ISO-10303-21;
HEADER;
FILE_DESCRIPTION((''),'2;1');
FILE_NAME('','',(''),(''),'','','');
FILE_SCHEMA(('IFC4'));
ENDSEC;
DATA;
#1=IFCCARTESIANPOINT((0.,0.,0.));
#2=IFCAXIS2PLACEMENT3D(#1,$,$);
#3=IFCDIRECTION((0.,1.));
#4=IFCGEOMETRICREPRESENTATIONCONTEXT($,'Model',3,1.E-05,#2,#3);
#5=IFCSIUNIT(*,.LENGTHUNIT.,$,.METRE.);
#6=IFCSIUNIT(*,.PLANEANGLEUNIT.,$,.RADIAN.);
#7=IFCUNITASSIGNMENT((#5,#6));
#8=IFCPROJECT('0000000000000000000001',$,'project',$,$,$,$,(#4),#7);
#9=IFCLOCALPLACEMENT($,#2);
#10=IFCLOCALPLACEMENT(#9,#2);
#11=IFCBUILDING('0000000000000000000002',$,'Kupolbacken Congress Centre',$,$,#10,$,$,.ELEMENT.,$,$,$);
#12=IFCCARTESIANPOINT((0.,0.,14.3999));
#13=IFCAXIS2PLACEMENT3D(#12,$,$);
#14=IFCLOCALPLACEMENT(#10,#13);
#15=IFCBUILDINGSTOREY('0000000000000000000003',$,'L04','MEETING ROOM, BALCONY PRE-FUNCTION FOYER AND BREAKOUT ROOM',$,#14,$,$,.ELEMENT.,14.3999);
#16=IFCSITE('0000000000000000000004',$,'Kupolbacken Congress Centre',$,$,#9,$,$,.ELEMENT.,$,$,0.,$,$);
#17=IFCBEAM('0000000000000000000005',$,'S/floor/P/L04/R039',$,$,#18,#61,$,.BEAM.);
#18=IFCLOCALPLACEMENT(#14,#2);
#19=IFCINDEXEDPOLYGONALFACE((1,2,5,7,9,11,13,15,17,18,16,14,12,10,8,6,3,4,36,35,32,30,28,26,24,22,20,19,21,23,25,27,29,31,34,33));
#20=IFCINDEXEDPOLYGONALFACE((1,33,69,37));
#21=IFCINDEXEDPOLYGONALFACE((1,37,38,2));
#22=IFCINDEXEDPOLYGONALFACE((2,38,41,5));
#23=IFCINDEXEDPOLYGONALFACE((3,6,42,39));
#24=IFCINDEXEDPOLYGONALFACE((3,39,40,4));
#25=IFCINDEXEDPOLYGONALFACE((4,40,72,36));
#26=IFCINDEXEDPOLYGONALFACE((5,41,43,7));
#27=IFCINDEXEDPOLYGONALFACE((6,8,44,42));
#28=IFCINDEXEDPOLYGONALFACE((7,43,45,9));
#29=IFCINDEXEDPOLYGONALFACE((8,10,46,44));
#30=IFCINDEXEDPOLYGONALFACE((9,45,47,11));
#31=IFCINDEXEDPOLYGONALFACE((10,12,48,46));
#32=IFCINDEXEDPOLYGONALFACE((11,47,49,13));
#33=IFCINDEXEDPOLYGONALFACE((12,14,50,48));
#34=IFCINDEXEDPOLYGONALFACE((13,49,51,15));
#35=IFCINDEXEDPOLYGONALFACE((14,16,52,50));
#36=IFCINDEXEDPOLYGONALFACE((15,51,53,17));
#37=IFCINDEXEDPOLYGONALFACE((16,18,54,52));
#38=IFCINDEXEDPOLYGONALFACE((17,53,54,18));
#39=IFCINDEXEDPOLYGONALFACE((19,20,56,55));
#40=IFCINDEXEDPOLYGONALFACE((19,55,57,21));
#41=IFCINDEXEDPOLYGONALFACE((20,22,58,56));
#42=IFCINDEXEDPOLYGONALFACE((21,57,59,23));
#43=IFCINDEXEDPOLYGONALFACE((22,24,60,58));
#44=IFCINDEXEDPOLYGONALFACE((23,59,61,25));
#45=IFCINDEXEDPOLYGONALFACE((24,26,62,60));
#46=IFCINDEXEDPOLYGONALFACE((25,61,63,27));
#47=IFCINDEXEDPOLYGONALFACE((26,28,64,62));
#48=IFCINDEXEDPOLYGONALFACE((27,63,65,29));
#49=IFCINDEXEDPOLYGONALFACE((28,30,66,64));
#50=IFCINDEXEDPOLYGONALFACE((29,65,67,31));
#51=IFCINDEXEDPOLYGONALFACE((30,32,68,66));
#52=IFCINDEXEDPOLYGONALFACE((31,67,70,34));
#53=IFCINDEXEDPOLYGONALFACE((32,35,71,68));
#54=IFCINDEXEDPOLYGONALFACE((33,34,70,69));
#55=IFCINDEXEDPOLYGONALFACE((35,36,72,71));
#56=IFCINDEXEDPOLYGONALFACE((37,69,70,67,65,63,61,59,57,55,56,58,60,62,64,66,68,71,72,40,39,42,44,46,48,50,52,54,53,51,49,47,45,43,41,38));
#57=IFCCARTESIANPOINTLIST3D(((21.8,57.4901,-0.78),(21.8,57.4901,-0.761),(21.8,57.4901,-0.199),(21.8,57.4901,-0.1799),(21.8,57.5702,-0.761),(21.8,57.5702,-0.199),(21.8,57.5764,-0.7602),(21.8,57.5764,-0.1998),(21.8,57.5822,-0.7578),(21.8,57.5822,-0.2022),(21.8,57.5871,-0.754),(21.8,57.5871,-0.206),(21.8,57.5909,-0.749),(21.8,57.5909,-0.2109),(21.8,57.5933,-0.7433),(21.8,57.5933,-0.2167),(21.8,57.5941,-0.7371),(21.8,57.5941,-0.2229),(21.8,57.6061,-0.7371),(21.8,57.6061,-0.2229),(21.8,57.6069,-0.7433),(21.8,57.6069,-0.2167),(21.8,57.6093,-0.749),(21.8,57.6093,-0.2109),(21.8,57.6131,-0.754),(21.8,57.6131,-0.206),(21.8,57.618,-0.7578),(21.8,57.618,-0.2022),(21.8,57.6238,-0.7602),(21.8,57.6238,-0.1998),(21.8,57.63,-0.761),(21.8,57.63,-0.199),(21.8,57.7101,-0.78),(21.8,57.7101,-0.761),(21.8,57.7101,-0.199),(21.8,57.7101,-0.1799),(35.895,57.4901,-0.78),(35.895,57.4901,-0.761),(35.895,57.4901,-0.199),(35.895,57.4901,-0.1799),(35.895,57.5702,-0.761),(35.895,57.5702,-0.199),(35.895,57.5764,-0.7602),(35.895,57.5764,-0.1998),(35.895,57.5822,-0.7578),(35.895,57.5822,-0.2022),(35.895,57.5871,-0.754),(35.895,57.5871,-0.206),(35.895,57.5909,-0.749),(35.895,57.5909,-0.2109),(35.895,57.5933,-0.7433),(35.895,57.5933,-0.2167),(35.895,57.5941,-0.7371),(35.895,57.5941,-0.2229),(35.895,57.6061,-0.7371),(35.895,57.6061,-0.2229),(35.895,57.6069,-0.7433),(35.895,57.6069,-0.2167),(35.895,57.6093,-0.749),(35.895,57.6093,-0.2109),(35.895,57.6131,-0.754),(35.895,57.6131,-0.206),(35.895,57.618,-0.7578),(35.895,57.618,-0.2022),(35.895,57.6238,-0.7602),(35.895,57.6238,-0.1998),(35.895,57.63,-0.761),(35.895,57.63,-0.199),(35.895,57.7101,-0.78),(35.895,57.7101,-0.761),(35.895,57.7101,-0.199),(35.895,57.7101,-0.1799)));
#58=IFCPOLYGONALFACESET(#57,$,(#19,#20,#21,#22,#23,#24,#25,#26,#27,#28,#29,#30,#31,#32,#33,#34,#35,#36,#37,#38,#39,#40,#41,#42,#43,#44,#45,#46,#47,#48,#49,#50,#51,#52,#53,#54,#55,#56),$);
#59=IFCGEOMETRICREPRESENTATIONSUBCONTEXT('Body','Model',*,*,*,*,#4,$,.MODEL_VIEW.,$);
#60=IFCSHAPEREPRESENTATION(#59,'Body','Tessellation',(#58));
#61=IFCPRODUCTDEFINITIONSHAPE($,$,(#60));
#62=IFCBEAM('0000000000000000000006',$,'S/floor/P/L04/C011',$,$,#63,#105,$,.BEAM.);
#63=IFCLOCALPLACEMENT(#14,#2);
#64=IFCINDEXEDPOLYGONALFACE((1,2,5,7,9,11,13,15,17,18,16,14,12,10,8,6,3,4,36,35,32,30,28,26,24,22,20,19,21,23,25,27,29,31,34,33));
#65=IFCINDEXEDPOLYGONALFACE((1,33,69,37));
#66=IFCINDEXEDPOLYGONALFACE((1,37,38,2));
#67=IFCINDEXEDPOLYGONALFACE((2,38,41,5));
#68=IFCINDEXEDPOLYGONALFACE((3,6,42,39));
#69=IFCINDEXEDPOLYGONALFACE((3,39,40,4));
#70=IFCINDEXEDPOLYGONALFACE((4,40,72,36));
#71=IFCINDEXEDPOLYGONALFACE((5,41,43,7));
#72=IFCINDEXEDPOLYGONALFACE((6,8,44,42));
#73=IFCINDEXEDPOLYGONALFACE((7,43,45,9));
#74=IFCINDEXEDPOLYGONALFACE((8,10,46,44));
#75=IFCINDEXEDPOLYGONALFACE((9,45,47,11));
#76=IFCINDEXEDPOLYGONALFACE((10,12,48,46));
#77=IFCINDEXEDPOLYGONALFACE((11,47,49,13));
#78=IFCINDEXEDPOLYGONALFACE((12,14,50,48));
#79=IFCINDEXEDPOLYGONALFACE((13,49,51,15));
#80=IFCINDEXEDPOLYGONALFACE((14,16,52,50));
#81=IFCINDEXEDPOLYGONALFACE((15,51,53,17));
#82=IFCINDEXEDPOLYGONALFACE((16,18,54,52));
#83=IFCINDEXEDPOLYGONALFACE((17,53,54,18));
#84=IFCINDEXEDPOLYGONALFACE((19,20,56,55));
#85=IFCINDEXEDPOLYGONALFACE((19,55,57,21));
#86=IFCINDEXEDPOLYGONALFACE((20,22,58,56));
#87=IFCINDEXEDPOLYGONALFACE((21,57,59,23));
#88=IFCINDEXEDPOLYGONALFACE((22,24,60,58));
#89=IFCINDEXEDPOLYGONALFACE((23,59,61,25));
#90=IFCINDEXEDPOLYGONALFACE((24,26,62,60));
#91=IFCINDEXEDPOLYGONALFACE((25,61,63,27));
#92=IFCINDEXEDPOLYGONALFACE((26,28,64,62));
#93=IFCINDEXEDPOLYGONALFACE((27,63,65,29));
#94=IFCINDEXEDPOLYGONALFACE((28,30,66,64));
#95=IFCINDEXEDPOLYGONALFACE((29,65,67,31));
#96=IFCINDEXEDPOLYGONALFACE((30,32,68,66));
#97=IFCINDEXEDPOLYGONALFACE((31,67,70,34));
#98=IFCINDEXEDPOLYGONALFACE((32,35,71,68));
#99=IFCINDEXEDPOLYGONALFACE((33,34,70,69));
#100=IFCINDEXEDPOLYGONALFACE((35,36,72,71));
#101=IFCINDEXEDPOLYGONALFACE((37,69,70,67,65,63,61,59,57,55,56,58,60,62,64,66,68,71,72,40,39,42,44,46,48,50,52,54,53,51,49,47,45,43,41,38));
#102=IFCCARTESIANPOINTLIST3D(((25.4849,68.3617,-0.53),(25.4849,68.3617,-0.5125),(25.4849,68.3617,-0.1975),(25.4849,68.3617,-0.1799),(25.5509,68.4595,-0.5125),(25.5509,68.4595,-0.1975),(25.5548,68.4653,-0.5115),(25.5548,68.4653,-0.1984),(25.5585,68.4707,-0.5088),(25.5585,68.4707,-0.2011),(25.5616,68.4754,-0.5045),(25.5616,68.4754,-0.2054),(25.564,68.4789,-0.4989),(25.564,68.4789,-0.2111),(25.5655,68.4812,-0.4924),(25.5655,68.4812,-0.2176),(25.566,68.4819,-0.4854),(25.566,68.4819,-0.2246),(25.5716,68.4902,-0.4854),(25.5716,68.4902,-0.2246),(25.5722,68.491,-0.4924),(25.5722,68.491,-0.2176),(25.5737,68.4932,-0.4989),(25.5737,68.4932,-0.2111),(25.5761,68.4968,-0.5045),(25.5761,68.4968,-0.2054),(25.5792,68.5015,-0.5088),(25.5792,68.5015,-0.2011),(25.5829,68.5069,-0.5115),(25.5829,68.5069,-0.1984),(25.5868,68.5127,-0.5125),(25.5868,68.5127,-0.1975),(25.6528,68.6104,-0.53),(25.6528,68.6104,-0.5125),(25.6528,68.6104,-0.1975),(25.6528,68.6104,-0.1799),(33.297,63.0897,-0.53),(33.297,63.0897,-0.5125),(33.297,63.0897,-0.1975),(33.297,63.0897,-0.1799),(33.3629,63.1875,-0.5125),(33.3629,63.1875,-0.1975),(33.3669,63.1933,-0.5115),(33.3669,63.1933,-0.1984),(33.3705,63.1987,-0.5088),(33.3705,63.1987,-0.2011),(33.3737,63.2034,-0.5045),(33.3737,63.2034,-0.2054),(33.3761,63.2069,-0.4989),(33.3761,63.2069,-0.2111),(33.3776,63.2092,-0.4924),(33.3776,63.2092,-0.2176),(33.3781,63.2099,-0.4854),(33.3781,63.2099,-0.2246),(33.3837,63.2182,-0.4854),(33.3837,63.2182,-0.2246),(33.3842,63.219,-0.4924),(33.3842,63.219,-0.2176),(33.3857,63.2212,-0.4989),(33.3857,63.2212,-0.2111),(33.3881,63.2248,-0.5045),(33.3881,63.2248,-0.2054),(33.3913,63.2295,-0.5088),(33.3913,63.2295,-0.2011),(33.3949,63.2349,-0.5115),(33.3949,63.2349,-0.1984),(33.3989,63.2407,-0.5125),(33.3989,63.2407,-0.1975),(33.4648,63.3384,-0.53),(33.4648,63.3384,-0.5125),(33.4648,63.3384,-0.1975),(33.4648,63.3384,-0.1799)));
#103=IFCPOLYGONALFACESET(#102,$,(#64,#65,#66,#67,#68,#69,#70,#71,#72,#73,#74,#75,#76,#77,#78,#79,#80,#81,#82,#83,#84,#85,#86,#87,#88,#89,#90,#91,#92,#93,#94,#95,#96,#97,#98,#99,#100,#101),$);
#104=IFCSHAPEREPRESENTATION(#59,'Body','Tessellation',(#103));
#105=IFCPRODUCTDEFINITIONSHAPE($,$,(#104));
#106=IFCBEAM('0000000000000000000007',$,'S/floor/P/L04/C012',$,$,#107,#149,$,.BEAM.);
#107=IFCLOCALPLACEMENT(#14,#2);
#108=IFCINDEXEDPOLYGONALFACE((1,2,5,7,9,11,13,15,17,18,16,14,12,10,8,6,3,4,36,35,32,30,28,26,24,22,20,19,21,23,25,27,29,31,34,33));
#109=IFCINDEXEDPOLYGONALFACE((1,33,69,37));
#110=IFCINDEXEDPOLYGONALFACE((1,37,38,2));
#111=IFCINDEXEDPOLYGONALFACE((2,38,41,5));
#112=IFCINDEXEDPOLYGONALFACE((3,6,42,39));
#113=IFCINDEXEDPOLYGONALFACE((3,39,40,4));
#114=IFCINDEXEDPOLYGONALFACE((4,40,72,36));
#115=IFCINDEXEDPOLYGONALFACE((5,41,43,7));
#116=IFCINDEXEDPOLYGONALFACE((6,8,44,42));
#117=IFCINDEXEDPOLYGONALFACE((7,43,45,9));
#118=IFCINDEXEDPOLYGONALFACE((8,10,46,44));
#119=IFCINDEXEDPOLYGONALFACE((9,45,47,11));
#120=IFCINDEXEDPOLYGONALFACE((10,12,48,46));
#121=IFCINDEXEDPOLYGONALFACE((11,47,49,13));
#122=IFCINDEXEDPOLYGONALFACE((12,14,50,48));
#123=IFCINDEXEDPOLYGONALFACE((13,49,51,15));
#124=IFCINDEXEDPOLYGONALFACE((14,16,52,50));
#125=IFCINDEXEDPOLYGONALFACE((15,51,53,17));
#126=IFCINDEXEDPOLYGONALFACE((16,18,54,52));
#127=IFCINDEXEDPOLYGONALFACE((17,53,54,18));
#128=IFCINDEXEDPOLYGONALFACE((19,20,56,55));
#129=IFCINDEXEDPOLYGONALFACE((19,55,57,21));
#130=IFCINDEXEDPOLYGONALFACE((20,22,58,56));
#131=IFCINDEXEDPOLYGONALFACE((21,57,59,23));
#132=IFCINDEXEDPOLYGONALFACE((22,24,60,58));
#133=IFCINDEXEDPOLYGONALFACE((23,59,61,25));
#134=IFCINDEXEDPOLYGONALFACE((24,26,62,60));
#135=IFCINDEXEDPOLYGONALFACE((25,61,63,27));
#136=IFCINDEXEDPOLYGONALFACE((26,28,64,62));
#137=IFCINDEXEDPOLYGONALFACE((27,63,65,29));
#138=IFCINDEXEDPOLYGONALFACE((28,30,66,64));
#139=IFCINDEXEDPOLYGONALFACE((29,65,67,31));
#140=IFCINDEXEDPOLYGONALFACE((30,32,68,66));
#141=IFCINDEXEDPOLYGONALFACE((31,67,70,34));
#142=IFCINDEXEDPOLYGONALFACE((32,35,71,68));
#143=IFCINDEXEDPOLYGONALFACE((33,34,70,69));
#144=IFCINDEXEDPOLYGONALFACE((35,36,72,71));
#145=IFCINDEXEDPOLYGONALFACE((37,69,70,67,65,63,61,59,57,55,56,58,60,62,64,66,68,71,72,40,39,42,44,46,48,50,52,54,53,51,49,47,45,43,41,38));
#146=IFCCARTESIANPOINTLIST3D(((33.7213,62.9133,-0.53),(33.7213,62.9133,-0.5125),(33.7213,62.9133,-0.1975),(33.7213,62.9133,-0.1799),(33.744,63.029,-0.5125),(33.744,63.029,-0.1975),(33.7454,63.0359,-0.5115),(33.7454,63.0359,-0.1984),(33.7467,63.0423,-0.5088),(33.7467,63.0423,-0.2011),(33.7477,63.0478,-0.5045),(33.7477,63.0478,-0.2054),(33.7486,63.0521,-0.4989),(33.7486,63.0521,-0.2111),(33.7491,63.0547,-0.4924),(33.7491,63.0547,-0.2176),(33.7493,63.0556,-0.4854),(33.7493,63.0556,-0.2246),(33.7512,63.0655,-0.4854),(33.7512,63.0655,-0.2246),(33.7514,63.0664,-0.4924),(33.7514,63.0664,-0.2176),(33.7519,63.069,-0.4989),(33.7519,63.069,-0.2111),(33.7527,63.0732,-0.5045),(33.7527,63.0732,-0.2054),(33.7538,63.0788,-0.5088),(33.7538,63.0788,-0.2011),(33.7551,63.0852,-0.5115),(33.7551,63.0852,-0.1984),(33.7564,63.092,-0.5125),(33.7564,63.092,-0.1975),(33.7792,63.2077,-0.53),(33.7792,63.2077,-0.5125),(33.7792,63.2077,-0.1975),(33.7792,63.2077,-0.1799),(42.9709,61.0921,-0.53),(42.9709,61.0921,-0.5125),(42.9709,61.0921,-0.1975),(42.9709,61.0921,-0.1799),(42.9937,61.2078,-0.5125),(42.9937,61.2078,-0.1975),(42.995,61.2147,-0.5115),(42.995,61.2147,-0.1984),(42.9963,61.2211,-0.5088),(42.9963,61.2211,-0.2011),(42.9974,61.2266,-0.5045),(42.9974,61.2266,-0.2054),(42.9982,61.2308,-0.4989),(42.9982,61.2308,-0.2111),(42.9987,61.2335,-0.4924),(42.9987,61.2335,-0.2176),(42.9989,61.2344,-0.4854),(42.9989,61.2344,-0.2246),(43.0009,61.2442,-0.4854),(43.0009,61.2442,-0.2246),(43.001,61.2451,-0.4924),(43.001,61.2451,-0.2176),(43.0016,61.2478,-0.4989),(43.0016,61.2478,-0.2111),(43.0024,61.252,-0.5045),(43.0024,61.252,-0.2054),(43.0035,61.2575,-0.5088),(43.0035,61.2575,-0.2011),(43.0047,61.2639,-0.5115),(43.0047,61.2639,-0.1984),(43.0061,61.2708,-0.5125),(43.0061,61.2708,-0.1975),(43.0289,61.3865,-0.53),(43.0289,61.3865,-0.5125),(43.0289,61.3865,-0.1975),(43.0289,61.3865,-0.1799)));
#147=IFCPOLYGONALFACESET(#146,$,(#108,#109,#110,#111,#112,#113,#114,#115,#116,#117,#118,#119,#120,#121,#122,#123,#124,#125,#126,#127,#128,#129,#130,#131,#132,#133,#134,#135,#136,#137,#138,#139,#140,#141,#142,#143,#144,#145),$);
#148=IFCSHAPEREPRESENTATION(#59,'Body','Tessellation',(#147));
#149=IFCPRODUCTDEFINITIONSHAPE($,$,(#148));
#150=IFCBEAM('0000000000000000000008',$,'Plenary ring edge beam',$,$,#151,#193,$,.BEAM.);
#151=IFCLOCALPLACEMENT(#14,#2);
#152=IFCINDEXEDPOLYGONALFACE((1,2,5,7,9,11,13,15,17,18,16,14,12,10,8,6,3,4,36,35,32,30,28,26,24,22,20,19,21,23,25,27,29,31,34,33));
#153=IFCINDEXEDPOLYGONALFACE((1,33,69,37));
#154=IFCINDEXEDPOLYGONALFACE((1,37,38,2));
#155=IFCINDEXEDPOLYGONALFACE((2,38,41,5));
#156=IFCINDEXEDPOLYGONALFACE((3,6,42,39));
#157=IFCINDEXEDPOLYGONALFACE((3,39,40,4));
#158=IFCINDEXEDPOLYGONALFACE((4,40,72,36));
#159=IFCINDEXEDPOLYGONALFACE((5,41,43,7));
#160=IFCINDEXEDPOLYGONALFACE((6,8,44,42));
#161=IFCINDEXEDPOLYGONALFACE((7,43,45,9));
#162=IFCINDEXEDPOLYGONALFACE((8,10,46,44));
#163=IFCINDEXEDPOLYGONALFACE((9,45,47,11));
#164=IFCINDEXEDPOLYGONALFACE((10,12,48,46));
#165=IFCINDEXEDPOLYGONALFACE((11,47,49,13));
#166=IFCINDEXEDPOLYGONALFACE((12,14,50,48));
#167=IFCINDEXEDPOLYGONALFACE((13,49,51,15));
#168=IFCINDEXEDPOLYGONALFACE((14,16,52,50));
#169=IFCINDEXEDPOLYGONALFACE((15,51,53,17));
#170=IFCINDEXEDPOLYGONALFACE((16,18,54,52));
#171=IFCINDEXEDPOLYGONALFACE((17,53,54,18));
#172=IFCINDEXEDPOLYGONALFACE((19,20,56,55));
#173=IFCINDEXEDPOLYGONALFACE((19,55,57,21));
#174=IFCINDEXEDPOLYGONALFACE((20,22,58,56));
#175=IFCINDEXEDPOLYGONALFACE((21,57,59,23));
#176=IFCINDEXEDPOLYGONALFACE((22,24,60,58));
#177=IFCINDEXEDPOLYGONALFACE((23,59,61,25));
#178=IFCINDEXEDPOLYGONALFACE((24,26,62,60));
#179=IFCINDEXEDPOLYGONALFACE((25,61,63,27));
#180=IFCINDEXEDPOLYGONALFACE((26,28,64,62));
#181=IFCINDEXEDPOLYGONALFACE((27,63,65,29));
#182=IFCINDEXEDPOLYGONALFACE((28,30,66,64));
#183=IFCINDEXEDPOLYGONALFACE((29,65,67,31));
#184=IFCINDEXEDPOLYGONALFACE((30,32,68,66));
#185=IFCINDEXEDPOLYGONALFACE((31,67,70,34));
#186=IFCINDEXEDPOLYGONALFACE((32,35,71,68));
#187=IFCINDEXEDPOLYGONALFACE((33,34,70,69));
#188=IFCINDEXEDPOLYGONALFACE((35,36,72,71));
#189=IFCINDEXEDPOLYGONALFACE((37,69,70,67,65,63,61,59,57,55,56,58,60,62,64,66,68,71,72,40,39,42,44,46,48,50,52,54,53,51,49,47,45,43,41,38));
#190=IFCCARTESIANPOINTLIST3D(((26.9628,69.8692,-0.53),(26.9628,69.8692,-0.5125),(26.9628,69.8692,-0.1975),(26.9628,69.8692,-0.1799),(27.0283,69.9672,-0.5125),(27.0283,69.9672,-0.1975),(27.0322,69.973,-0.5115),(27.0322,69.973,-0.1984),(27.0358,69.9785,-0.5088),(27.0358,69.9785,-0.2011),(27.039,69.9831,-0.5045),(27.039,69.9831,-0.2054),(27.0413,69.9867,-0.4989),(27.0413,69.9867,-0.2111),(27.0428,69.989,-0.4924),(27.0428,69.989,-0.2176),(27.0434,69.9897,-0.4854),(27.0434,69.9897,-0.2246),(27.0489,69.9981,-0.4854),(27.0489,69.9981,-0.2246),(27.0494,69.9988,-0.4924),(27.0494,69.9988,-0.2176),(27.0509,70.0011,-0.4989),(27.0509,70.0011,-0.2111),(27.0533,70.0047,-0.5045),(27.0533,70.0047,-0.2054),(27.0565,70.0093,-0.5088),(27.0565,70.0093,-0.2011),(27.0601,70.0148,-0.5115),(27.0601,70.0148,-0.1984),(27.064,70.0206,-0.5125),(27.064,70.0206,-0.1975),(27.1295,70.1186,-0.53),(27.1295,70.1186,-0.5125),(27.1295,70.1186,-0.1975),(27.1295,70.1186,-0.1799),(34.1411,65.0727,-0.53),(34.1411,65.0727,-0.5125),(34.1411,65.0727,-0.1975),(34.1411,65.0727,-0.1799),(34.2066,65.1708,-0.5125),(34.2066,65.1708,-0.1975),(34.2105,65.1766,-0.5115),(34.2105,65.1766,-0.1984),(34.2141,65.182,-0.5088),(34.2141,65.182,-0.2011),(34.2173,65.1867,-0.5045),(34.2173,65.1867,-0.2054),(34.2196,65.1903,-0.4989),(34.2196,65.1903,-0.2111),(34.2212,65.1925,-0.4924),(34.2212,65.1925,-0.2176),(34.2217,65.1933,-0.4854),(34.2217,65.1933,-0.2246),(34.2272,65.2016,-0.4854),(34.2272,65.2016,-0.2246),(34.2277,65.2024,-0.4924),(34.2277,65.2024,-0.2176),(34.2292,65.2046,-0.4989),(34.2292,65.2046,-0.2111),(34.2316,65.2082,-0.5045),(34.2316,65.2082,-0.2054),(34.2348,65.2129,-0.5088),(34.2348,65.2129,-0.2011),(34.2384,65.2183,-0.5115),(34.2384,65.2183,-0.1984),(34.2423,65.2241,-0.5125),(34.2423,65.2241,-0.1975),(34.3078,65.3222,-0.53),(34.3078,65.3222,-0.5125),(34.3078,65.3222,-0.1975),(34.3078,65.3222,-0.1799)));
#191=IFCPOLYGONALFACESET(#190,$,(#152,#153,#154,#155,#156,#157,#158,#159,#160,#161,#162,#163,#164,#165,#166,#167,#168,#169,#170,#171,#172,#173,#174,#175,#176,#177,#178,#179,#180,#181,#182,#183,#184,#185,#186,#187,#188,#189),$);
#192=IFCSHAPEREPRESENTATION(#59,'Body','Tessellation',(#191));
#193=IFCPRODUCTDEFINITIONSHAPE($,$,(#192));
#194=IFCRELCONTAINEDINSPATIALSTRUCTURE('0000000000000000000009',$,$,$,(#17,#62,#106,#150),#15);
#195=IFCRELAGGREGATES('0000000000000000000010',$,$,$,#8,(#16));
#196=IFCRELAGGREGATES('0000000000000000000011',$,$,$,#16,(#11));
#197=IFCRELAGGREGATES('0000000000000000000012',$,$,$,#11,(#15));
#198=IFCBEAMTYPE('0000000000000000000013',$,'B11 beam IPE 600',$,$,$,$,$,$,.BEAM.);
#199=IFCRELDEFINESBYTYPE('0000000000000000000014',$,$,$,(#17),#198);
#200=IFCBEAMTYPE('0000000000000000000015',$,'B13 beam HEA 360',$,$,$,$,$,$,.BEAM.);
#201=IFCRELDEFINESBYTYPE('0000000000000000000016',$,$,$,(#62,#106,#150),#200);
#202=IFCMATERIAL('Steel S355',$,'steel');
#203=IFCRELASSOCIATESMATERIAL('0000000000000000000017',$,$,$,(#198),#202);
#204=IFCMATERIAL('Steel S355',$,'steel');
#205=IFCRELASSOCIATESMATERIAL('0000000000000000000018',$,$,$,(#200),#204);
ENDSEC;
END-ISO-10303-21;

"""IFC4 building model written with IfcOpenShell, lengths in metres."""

from ifc_helpers import new_model, si_unit, direction, frame, origin, origin_2d, place, context, subcontext, project, spatial, i_section, extrude, material, material_profile, profile_set, type_object, element, save


model = new_model("IFC4")

# Units and contexts
model_context = context("Model", 3, precision=1e-05, world=origin(), true_north=direction((0.0, 1.0)))
body_context = subcontext(model_context, "Body", "Model", "MODEL_VIEW")
ifc_project = project(units=[si_unit("LENGTHUNIT", "METRE"), si_unit("PLANEANGLEUNIT", "RADIAN")], contexts=[model_context])

# Site, building, storey
site_placement = place(None, origin())
site = spatial("IfcSite", under=ifc_project, at=site_placement, Name="Kupolbacken Congress Centre", CompositionType="ELEMENT", RefElevation=0.0)
building_placement = place(site_placement, origin())
building = spatial("IfcBuilding", under=site, at=building_placement, Name="Kupolbacken Congress Centre", CompositionType="ELEMENT")
storey_placement = place(building_placement, frame((0.0, 0.0, 14.3999)))
storey = spatial("IfcBuildingStorey", under=building, at=storey_placement, Name="L04", Description="MEETING ROOM, BALCONY PRE-FUNCTION FOYER AND BREAKOUT ROOM", CompositionType="ELEMENT", Elevation=14.3999)

# Beams
ifc_material_1 = material(Name="Steel S355", Category="steel")
ifc_material_profile_1 = material_profile(ifc_material_1, i_section(OverallWidth=0.22, OverallDepth=0.6001, WebThickness=0.012, FlangeThickness=0.019, FilletRadius=0.0239, at=origin_2d()), Name="IPE 600")
ifc_profile_set_1 = profile_set([ifc_material_profile_1], Name="Steel S355")
beam_type_1 = type_object("IfcBeamType", Name="B11 beam IPE 600", PredefinedType="BEAM", material=ifc_profile_set_1)
beam_1_placement = place(storey_placement, frame((21.8, 57.6001, -0.48), z_axis=(1.0, 0.0, 0.0), x_axis=(0.0, 1.0, 0.0)))
element("IfcBeam", 1, at=beam_1_placement, inside=storey, type_object=beam_type_1, Name="S/floor/P/L04/R039", PredefinedType="BEAM", context=body_context, shape_type="SweptSolid", body=[
    extrude(i_section(OverallWidth=0.22, OverallDepth=0.6001, WebThickness=0.012, FlangeThickness=0.019, FilletRadius=0.0239, at=origin_2d()), origin(), (0.0, 0.0, 1.0), 14.095),
])
ifc_material_2 = material(Name="Steel S355", Category="steel")
ifc_material_profile_2 = material_profile(ifc_material_2, i_section(OverallWidth=0.3, OverallDepth=0.3501, WebThickness=0.01, FlangeThickness=0.0176, FilletRadius=0.0271, at=origin_2d()), Name="HEA 360")
ifc_profile_set_2 = profile_set([ifc_material_profile_2], Name="Steel S355")
beam_type_2 = type_object("IfcBeamType", Name="B13 beam HEA 360", PredefinedType="BEAM", material=ifc_profile_set_2)
beam_2_placement = place(storey_placement, frame((25.5688, 68.4861, -0.355), z_axis=(0.828905, -0.55939, 0.0), x_axis=(0.55939, 0.828905, 0.0)))
element("IfcBeam", 2, at=beam_2_placement, inside=storey, type_object=beam_type_2, Name="S/floor/P/L04/C011", PredefinedType="BEAM", context=body_context, shape_type="SweptSolid", body=[
    extrude(i_section(OverallWidth=0.3, OverallDepth=0.3501, WebThickness=0.01, FlangeThickness=0.0176, FilletRadius=0.0271, at=origin_2d()), origin(), (0.0, 0.0, 1.0), 9.4246),
])
beam_3_placement = place(storey_placement, frame((33.7502, 63.0605, -0.355), z_axis=(0.981161, -0.193192, 0.0), x_axis=(0.193192, 0.981161, 0.0)))
element("IfcBeam", 3, at=beam_3_placement, inside=storey, type_object=beam_type_2, Name="S/floor/P/L04/C012", PredefinedType="BEAM", context=body_context, shape_type="SweptSolid", body=[
    extrude(i_section(OverallWidth=0.3, OverallDepth=0.3501, WebThickness=0.01, FlangeThickness=0.0176, FilletRadius=0.0271, at=origin_2d()), origin(), (0.0, 0.0, 1.0), 9.4272),
])
beam_4_placement = place(storey_placement, frame((27.0461, 69.9939, -0.355), z_axis=(0.831467, -0.555574, 0.0), x_axis=(0.555574, 0.831467, 0.0)))
element("IfcBeam", 4, at=beam_4_placement, inside=storey, type_object=beam_type_2, Name="Plenary ring edge beam", PredefinedType="BEAM", context=body_context, shape_type="SweptSolid", body=[
    extrude(i_section(OverallWidth=0.3, OverallDepth=0.3501, WebThickness=0.01, FlangeThickness=0.0176, FilletRadius=0.0271, at=origin_2d()), origin(), (0.0, 0.0, 1.0), 8.6333),
])

save(model, "model.ifc")
